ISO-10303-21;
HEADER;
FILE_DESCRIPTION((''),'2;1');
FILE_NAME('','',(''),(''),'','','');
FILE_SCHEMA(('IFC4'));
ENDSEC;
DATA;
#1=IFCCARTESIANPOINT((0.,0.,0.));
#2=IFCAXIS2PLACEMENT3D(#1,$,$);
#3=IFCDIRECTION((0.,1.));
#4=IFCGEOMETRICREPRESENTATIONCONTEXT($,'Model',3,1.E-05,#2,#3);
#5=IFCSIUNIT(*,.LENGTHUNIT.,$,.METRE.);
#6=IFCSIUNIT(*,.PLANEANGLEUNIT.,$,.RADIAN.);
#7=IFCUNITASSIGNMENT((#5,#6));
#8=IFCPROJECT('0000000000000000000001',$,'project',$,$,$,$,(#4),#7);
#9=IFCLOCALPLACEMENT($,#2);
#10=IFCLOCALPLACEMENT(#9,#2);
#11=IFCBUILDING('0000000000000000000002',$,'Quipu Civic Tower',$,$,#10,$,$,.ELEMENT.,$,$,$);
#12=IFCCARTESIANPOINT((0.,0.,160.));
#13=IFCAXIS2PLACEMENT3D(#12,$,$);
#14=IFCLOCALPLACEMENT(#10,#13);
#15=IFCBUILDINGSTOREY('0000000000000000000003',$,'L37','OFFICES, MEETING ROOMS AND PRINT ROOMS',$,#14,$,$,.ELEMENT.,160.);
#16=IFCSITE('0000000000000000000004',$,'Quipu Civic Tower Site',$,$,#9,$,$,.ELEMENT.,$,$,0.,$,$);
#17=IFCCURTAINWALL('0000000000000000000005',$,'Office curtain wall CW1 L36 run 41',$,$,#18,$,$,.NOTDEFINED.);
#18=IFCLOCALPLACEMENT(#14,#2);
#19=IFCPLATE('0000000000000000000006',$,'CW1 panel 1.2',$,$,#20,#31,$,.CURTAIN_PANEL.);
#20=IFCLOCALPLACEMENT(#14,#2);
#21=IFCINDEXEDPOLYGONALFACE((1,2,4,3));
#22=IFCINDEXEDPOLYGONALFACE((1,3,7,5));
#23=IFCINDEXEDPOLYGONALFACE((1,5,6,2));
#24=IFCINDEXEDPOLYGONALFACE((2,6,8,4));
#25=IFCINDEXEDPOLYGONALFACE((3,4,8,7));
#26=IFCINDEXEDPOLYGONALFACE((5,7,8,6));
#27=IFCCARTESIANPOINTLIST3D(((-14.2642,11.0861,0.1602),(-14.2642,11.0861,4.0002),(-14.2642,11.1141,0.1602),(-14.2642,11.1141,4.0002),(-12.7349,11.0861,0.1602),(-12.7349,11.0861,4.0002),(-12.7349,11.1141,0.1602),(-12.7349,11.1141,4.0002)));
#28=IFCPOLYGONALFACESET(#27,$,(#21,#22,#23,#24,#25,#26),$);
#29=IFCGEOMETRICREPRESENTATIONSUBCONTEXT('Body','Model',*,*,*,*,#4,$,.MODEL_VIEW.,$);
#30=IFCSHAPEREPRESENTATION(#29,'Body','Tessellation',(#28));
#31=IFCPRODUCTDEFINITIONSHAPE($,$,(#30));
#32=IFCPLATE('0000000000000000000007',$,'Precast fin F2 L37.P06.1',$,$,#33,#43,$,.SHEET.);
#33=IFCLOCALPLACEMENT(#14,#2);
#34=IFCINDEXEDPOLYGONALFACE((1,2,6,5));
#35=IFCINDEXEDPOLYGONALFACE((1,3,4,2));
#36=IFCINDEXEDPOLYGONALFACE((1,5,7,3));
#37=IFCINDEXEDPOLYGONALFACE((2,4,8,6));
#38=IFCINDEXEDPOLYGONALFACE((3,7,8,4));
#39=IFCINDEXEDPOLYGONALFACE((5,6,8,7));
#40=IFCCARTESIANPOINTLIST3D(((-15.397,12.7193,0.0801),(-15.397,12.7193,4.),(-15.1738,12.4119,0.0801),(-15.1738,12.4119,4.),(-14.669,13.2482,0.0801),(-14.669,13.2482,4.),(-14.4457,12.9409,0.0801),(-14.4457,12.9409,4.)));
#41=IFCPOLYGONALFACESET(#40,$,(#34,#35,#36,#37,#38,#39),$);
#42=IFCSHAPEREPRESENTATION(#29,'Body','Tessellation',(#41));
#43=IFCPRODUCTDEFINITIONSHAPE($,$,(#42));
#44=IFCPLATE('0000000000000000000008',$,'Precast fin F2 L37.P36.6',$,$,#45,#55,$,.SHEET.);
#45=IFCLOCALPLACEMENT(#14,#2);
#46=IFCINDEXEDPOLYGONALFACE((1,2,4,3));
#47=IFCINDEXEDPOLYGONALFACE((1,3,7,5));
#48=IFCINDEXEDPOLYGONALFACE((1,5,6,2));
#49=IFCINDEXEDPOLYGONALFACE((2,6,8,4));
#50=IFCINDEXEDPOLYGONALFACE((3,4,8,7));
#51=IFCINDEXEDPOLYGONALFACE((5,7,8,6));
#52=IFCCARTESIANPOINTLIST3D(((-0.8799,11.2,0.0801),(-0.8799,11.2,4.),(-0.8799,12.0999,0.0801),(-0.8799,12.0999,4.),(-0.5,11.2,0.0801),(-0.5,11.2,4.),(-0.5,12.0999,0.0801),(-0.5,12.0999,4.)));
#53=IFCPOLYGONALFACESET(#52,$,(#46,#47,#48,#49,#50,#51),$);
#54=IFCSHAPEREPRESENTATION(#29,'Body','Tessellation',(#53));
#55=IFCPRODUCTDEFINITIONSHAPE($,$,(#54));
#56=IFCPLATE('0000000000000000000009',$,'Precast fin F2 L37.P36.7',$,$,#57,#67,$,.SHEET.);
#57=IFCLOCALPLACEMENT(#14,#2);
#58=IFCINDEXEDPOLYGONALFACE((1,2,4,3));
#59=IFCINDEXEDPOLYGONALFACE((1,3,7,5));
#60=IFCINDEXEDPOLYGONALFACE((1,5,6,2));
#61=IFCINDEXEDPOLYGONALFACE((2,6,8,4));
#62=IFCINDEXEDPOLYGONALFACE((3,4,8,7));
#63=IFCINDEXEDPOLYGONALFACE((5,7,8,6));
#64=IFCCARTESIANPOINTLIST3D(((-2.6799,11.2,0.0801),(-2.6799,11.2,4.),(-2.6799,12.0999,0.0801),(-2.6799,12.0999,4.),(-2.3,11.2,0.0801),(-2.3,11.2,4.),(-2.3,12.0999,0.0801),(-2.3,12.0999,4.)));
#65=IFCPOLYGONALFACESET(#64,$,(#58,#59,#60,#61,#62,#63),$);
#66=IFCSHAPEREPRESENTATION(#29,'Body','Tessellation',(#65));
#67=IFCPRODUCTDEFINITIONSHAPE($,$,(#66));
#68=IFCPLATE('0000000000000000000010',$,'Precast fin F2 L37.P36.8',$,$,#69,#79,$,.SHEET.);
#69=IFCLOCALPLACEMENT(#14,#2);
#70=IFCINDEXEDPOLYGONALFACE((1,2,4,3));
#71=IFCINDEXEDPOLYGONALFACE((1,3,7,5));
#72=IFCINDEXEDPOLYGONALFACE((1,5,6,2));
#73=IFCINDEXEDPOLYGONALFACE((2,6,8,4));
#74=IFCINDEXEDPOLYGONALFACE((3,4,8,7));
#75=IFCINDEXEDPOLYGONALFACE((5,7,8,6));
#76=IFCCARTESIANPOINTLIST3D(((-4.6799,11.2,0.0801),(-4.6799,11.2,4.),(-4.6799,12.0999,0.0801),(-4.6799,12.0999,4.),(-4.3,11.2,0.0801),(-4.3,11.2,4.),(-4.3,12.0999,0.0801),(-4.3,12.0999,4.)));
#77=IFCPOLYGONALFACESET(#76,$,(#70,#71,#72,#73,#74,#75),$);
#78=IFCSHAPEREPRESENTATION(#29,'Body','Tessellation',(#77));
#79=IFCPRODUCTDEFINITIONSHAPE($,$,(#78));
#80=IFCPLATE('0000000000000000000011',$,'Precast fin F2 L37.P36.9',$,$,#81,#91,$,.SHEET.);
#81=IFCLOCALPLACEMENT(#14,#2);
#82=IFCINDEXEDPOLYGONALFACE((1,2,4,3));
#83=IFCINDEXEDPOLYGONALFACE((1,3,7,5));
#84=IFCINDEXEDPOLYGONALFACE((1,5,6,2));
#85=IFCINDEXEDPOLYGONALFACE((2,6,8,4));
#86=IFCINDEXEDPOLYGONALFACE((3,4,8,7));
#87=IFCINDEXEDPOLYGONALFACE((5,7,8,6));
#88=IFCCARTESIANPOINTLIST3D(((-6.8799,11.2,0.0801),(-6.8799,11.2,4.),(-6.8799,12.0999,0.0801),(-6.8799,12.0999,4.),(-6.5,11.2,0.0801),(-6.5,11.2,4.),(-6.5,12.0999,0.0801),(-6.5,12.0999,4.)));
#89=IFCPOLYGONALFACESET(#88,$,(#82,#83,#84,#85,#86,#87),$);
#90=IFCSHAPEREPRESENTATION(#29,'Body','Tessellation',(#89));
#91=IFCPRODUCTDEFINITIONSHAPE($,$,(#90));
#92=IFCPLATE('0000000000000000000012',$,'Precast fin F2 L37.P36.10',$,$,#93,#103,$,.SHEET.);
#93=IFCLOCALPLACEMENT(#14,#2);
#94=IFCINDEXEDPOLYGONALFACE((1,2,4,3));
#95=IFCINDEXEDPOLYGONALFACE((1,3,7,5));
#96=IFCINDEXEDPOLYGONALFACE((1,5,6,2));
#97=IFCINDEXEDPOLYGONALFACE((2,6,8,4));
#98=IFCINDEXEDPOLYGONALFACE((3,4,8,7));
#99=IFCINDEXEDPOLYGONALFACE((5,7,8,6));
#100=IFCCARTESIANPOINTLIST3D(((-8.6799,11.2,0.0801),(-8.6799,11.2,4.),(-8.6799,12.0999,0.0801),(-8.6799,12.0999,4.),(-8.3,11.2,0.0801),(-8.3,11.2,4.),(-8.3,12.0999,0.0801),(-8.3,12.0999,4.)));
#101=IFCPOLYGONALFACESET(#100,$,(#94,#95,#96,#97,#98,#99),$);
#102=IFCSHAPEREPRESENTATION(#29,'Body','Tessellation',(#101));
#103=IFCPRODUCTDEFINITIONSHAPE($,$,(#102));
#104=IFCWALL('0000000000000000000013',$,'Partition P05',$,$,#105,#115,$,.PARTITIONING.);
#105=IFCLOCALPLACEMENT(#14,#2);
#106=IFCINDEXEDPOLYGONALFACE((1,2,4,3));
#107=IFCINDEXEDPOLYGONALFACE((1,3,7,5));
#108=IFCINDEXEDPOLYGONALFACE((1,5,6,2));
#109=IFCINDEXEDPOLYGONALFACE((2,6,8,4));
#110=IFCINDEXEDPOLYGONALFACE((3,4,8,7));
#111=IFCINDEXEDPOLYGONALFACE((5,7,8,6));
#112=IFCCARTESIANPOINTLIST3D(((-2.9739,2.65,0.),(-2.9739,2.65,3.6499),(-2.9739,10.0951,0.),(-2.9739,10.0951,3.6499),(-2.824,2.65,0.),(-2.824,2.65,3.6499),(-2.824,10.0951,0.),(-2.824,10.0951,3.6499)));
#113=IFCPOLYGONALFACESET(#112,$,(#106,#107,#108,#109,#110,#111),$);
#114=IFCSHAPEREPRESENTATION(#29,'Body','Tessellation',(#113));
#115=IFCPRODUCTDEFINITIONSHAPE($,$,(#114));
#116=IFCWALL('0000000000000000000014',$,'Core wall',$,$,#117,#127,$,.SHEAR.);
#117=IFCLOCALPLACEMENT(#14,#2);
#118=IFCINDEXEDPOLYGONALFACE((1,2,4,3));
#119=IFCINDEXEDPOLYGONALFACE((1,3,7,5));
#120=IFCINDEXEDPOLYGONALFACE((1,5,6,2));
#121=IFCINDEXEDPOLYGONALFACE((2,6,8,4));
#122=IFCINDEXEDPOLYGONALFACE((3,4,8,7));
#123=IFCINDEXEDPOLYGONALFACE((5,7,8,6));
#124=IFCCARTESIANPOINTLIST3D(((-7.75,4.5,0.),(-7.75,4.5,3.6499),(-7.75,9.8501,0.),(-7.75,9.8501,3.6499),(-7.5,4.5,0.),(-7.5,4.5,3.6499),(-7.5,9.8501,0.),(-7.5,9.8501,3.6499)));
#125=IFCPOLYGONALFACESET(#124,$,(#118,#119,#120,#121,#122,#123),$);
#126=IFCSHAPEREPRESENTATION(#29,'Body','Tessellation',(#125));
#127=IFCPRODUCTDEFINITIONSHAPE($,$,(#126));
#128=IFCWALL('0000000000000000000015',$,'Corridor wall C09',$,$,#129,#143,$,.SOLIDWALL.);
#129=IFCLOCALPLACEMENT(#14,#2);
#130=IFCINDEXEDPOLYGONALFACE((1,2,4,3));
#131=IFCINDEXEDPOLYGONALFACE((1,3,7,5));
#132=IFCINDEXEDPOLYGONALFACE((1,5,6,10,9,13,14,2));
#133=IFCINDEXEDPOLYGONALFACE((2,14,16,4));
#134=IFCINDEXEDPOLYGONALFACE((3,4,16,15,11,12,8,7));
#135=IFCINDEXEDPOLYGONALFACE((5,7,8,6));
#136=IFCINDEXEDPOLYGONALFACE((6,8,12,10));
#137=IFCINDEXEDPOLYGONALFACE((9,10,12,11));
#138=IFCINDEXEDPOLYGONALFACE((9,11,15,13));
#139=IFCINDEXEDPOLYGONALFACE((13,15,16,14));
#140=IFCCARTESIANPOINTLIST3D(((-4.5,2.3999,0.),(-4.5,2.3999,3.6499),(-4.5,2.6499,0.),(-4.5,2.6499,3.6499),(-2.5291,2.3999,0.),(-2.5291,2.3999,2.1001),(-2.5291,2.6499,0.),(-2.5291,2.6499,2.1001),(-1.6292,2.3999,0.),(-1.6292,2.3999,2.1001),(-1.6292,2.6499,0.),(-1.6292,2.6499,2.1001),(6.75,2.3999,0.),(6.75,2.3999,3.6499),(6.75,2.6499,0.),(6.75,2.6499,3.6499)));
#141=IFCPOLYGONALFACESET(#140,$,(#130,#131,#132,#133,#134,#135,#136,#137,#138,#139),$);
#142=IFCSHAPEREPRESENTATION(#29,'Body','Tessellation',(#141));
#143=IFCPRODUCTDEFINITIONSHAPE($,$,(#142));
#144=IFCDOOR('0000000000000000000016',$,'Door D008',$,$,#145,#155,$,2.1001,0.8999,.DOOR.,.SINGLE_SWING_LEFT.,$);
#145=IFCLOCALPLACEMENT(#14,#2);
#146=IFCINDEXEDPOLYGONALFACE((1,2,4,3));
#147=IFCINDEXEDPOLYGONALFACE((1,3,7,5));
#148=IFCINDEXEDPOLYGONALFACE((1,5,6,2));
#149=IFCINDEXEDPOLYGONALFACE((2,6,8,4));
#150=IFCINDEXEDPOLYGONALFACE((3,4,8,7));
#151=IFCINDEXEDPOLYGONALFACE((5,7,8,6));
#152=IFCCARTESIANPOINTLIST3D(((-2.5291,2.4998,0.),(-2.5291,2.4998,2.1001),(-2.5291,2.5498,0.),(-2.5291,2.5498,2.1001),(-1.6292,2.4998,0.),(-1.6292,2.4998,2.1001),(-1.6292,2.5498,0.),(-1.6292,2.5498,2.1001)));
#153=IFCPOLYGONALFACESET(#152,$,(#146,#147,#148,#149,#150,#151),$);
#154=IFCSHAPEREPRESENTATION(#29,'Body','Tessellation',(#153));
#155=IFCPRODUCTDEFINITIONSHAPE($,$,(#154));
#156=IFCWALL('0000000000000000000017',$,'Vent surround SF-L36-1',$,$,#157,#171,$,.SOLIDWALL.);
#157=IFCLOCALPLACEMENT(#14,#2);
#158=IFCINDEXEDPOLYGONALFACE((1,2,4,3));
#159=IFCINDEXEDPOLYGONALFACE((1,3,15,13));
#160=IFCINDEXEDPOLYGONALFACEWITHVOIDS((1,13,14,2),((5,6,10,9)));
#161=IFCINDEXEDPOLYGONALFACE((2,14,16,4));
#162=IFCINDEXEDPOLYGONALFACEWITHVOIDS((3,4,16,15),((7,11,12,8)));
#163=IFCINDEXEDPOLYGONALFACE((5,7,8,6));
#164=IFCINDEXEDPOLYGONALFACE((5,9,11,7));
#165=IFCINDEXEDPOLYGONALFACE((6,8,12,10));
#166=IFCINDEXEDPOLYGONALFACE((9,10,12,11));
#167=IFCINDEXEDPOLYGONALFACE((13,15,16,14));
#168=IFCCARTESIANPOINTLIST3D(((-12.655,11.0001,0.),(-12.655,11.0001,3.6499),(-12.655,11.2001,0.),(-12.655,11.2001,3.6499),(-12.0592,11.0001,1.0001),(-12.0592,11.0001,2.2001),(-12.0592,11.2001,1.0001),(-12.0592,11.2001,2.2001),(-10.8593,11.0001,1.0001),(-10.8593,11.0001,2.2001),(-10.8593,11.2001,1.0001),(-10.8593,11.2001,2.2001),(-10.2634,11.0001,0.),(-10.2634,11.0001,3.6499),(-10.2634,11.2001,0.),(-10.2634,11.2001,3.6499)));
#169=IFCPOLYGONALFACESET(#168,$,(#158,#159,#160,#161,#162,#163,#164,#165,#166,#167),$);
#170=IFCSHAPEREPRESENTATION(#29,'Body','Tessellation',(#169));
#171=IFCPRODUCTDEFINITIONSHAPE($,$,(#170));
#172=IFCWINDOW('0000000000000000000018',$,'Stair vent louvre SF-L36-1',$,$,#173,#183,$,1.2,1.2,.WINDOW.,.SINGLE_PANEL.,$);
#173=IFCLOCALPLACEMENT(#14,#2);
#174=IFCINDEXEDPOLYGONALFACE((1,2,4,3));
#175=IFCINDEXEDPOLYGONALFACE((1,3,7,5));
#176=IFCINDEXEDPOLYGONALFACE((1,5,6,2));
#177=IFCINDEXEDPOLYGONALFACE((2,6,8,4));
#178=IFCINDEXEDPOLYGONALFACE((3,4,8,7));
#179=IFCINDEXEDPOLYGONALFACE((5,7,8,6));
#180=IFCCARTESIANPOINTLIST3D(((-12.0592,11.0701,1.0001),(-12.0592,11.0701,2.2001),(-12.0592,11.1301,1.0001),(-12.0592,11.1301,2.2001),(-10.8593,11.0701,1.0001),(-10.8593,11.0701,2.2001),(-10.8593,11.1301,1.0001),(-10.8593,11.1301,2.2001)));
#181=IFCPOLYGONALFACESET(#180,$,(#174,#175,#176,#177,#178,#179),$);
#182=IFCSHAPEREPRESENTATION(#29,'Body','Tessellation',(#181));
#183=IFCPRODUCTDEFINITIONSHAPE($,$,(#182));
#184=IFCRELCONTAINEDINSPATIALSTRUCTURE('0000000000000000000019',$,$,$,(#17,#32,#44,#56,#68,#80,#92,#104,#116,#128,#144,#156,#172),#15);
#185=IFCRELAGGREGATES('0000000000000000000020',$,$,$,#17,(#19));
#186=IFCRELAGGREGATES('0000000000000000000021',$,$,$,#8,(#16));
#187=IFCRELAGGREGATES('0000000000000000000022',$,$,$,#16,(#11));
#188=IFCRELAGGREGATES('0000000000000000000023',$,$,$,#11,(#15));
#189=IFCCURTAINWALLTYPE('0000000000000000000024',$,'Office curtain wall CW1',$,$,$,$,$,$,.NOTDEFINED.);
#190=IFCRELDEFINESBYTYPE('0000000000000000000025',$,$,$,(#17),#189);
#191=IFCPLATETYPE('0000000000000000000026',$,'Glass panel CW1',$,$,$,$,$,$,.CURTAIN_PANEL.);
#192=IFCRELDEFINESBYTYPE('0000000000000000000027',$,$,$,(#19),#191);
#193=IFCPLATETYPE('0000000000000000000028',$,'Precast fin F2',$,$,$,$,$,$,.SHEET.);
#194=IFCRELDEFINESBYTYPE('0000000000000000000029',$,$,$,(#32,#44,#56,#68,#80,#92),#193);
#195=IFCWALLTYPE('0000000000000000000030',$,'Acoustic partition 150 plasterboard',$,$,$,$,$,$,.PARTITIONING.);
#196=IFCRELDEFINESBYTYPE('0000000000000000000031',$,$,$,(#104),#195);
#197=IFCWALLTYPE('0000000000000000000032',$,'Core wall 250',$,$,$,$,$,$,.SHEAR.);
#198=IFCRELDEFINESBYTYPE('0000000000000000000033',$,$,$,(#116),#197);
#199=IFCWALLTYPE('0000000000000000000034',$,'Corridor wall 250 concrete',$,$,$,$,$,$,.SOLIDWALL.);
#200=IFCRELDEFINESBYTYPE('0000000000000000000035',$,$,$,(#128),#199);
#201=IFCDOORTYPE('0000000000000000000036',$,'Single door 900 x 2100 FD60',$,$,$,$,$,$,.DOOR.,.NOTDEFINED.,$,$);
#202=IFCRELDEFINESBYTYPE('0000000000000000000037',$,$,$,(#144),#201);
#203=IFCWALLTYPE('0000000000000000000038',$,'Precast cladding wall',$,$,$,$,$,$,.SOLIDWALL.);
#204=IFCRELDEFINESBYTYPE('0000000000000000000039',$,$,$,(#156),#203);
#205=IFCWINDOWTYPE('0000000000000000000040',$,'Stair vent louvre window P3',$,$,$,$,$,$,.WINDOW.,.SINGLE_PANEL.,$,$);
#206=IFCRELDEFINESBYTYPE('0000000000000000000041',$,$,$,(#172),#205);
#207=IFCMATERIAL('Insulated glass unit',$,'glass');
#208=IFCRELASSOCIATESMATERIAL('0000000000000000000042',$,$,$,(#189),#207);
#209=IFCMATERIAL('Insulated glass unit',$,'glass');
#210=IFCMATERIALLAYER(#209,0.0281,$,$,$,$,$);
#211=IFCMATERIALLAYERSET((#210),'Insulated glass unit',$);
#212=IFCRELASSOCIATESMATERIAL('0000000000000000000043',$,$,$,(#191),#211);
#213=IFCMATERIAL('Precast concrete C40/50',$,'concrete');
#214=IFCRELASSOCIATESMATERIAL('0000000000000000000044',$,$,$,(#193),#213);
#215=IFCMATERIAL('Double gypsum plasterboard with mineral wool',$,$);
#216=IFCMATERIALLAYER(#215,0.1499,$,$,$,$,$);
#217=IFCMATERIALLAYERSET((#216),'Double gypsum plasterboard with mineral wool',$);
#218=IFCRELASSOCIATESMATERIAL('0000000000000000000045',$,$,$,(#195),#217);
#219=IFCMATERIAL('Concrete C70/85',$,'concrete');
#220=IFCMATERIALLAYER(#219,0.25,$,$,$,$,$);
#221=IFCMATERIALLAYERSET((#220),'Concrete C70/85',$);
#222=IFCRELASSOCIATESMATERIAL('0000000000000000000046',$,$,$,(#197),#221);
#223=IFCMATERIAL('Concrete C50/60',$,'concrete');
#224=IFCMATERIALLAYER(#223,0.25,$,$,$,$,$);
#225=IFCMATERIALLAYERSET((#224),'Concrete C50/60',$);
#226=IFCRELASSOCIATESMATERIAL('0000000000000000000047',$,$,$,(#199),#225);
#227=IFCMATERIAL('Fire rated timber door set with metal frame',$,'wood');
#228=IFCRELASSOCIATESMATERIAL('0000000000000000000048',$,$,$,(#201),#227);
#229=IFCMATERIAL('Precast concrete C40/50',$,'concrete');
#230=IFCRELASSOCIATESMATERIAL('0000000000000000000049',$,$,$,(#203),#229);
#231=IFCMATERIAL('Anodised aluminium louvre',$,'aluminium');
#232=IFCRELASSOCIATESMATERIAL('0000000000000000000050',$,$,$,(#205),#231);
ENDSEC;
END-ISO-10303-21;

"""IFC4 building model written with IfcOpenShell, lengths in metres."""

from ifc_helpers import new_model, si_unit, direction, frame, frame_2d, origin, origin_2d, place, context, subcontext, project, spatial, rectangle, extrude, material, layer, layer_set, type_object, element, fill, aggregate, save


model = new_model("IFC4")

# Units and contexts
model_context = context("Model", 3, precision=1e-05, world=origin(), true_north=direction((0.0, 1.0)))
body_context = subcontext(model_context, "Body", "Model", "MODEL_VIEW")
ifc_project = project(units=[si_unit("LENGTHUNIT", "METRE"), si_unit("PLANEANGLEUNIT", "RADIAN")], contexts=[model_context])

# Site, building, storey
site_placement = place(None, origin())
site = spatial("IfcSite", under=ifc_project, at=site_placement, Name="Quipu Civic Tower Site", CompositionType="ELEMENT", RefElevation=0.0)
building_placement = place(site_placement, origin())
building = spatial("IfcBuilding", under=site, at=building_placement, Name="Quipu Civic Tower", CompositionType="ELEMENT")
storey_placement = place(building_placement, frame((0.0, 0.0, 160.0)))
storey = spatial("IfcBuildingStorey", under=building, at=storey_placement, Name="L37", Description="OFFICES, MEETING ROOMS AND PRINT ROOMS", CompositionType="ELEMENT", Elevation=160.0)

# Shared definitions
ifc_material_1 = material(Name="Insulated glass unit", Category="glass")
curtain_wall_type = type_object("IfcCurtainWallType", Name="Office curtain wall CW1", PredefinedType="NOTDEFINED", material=ifc_material_1)

# Curtain wall
curtain_wall_1_placement = place(storey_placement, origin())
curtain_wall_1 = element("IfcCurtainWall", 1, at=curtain_wall_1_placement, inside=storey, type_object=curtain_wall_type, Name="Office curtain wall CW1 L36 run 41", PredefinedType="NOTDEFINED")

# Plate
ifc_material_2 = material(Name="Insulated glass unit", Category="glass")
ifc_layer_1 = layer(ifc_material_2, 0.0281)
ifc_layer_set_1 = layer_set([ifc_layer_1], Name="Insulated glass unit")
plate_type_1 = type_object("IfcPlateType", Name="Glass panel CW1", PredefinedType="CURTAIN_PANEL", material=ifc_layer_set_1)
plate_1_placement = place(storey_placement, frame((-13.4995, 11.1001, 0.1602), z_axis=(0.0, 0.0, 1.0), x_axis=(-1.0, 0.0, 0.0)))
plate_1 = element("IfcPlate", 2, at=plate_1_placement, type_object=plate_type_1, Name="CW1 panel 1.2", PredefinedType="CURTAIN_PANEL", context=body_context, shape_type="SweptSolid", body=[
    extrude(rectangle(XDim=1.5293, YDim=0.0281, at=origin_2d()), origin(), (0.0, 0.0, 1.0), 3.8401),
])
aggregate(curtain_wall_1, [plate_1])

# Plates
ifc_material_3 = material(Name="Precast concrete C40/50", Category="concrete")
plate_type_2 = type_object("IfcPlateType", Name="Precast fin F2", PredefinedType="SHEET", material=ifc_material_3)
for number, where, z_axis, x_axis, name in (
    (3, (-14.9214, 12.8301, 0.0801), (0.0, 0.0, 1.0), (-0.587787, 0.809016, 0.0), "Precast fin F2 L37.P06.1"),
    (4, (-0.6899, 11.6499, 0.0801), (0.0, 0.0, 1.0), (-1.0, 0.0, 0.0), "Precast fin F2 L37.P36.6"),
    (5, (-2.49, 11.6499, 0.0801), (0.0, 0.0, 1.0), (-1.0, 0.0, 0.0), "Precast fin F2 L37.P36.7"),
    (6, (-4.49, 11.6499, 0.0801), (0.0, 0.0, 1.0), (-1.0, 0.0, 0.0), "Precast fin F2 L37.P36.8"),
    (7, (-6.6899, 11.6499, 0.0801), (0.0, 0.0, 1.0), (-1.0, 0.0, 0.0), "Precast fin F2 L37.P36.9"),
    (8, (-8.49, 11.6499, 0.0801), (0.0, 0.0, 1.0), (-1.0, 0.0, 0.0), "Precast fin F2 L37.P36.10"),
):
    element("IfcPlate", number, at=place(storey_placement, frame(where, z_axis=z_axis, x_axis=x_axis)), inside=storey, type_object=plate_type_2, Name=name, PredefinedType="SHEET", context=body_context, shape_type="SweptSolid", body=[
        extrude(rectangle(XDim=0.3799, YDim=0.8999, at=origin_2d()), origin(), (0.0, 0.0, 1.0), 3.9199),
    ])

# Walls
ifc_material_4 = material(Name="Double gypsum plasterboard with mineral wool")
ifc_layer_2 = layer(ifc_material_4, 0.1499)
ifc_layer_set_2 = layer_set([ifc_layer_2], Name="Double gypsum plasterboard with mineral wool")
wall_type_1 = type_object("IfcWallType", Name="Acoustic partition 150 plasterboard", PredefinedType="PARTITIONING", material=ifc_layer_set_2)
wall_1_placement = place(storey_placement, frame((-2.8989, 2.6499, 0.0), z_axis=(0.0, 0.0, 1.0), x_axis=(0.0, 1.0, 0.0)))
element("IfcWall", 9, at=wall_1_placement, inside=storey, type_object=wall_type_1, Name="Partition P05", PredefinedType="PARTITIONING", context=body_context, shape_type="SweptSolid", body=[
    extrude(rectangle(XDim=7.4451, YDim=0.1499, at=frame_2d((3.7227, 0.0))), origin(), (0.0, 0.0, 1.0), 3.6499),
])
ifc_material_5 = material(Name="Concrete C70/85", Category="concrete")
ifc_layer_3 = layer(ifc_material_5, 0.25)
ifc_layer_set_3 = layer_set([ifc_layer_3], Name="Concrete C70/85")
wall_type_2 = type_object("IfcWallType", Name="Core wall 250", PredefinedType="SHEAR", material=ifc_layer_set_3)
wall_2_placement = place(storey_placement, frame((-7.625, 4.5, 0.0), z_axis=(0.0, 0.0, 1.0), x_axis=(0.0, 1.0, 0.0)))
element("IfcWall", 10, at=wall_2_placement, inside=storey, type_object=wall_type_2, Name="Core wall", PredefinedType="SHEAR", context=body_context, shape_type="SweptSolid", body=[
    extrude(rectangle(XDim=5.3501, YDim=0.25, at=frame_2d((2.675, 0.0))), origin(), (0.0, 0.0, 1.0), 3.6499),
])

# Wall, opening, door
ifc_material_6 = material(Name="Concrete C50/60", Category="concrete")
ifc_layer_4 = layer(ifc_material_6, 0.25)
ifc_layer_set_4 = layer_set([ifc_layer_4], Name="Concrete C50/60")
wall_type_3 = type_object("IfcWallType", Name="Corridor wall 250 concrete", PredefinedType="SOLIDWALL", material=ifc_layer_set_4)
wall_3_placement = place(storey_placement, frame((-4.5, 2.5249, 0.0), z_axis=(0.0, 0.0, 1.0), x_axis=(1.0, 0.0, 0.0)))
wall_3 = element("IfcWall", 11, at=wall_3_placement, inside=storey, type_object=wall_type_3, Name="Corridor wall C09", PredefinedType="SOLIDWALL", context=body_context, shape_type="SweptSolid", body=[
    extrude(rectangle(XDim=11.25, YDim=0.25, at=frame_2d((5.625, 0.0))), origin(), (0.0, 0.0, 1.0), 3.6499),
])
opening_1_placement = place(wall_3_placement, frame((1.9709, 0.0, 0.0)))
opening_1 = element("IfcOpeningElement", 12, at=opening_1_placement, cuts=wall_3, PredefinedType="OPENING", context=body_context, shape_type="SweptSolid", body=[
    extrude(rectangle(XDim=0.8999, YDim=2.1001, at=frame_2d((0.45, 1.05))), frame((0.0, 0.135, 0.0), z_axis=(0.0, -1.0, 0.0), x_axis=(1.0, 0.0, 0.0)), (0.0, 0.0, 1.0), 0.27),
])
ifc_material_7 = material(Name="Fire rated timber door set with metal frame", Category="wood")
door_type = type_object("IfcDoorType", Name="Single door 900 x 2100 FD60", OperationType="NOTDEFINED", PredefinedType="DOOR", material=ifc_material_7)
door_placement = place(opening_1_placement, origin())
door = element("IfcDoor", 13, at=door_placement, inside=storey, type_object=door_type, Name="Door D008", OperationType="SINGLE_SWING_LEFT", OverallHeight=2.1001, OverallWidth=0.8999, PredefinedType="DOOR", context=body_context, shape_type="SweptSolid", body=[
    extrude(rectangle(XDim=0.8999, YDim=2.1001, at=frame_2d((0.45, 1.05))), frame((0.0, 0.0249, 0.0), z_axis=(0.0, -1.0, 0.0), x_axis=(1.0, 0.0, 0.0)), (0.0, 0.0, 1.0), 0.05),
])
fill(opening_1, door)

# Wall, opening, window
ifc_material_8 = material(Name="Precast concrete C40/50", Category="concrete")
wall_type_4 = type_object("IfcWallType", Name="Precast cladding wall", PredefinedType="SOLIDWALL", material=ifc_material_8)
wall_4_placement = place(storey_placement, frame((-10.2634, 11.1001, 0.0), z_axis=(0.0, 0.0, 1.0), x_axis=(-1.0, 0.0, 0.0)))
wall_4 = element("IfcWall", 14, at=wall_4_placement, inside=storey, type_object=wall_type_4, Name="Vent surround SF-L36-1", PredefinedType="SOLIDWALL", context=body_context, shape_type="SweptSolid", body=[
    extrude(rectangle(XDim=2.3916, YDim=0.2, at=frame_2d((1.1958, 0.0))), origin(), (0.0, 0.0, 1.0), 3.6499),
])
opening_2_placement = place(wall_4_placement, frame((0.5957, 0.0, 1.0)))
opening_2 = element("IfcOpeningElement", 15, at=opening_2_placement, cuts=wall_4, PredefinedType="OPENING", context=body_context, shape_type="SweptSolid", body=[
    extrude(rectangle(XDim=1.2, YDim=1.2, at=frame_2d((0.6001, 0.6001))), frame((0.0, 0.1099, 0.0), z_axis=(0.0, -1.0, 0.0), x_axis=(1.0, 0.0, 0.0)), (0.0, 0.0, 1.0), 0.22),
])
ifc_material_9 = material(Name="Anodised aluminium louvre", Category="aluminium")
window_type = type_object("IfcWindowType", Name="Stair vent louvre window P3", PartitioningType="SINGLE_PANEL", PredefinedType="WINDOW", material=ifc_material_9)
window_placement = place(opening_2_placement, origin())
window = element("IfcWindow", 16, at=window_placement, inside=storey, type_object=window_type, Name="Stair vent louvre SF-L36-1", OverallHeight=1.2, OverallWidth=1.2, PartitioningType="SINGLE_PANEL", PredefinedType="WINDOW", context=body_context, shape_type="SweptSolid", body=[
    extrude(rectangle(XDim=1.2, YDim=1.2, at=frame_2d((0.6001, 0.6001))), frame((0.0, 0.03, 0.0), z_axis=(0.0, -1.0, 0.0), x_axis=(1.0, 0.0, 0.0)), (0.0, 0.0, 1.0), 0.0601),
])
fill(opening_2, window)

save(model, "model.ifc")
